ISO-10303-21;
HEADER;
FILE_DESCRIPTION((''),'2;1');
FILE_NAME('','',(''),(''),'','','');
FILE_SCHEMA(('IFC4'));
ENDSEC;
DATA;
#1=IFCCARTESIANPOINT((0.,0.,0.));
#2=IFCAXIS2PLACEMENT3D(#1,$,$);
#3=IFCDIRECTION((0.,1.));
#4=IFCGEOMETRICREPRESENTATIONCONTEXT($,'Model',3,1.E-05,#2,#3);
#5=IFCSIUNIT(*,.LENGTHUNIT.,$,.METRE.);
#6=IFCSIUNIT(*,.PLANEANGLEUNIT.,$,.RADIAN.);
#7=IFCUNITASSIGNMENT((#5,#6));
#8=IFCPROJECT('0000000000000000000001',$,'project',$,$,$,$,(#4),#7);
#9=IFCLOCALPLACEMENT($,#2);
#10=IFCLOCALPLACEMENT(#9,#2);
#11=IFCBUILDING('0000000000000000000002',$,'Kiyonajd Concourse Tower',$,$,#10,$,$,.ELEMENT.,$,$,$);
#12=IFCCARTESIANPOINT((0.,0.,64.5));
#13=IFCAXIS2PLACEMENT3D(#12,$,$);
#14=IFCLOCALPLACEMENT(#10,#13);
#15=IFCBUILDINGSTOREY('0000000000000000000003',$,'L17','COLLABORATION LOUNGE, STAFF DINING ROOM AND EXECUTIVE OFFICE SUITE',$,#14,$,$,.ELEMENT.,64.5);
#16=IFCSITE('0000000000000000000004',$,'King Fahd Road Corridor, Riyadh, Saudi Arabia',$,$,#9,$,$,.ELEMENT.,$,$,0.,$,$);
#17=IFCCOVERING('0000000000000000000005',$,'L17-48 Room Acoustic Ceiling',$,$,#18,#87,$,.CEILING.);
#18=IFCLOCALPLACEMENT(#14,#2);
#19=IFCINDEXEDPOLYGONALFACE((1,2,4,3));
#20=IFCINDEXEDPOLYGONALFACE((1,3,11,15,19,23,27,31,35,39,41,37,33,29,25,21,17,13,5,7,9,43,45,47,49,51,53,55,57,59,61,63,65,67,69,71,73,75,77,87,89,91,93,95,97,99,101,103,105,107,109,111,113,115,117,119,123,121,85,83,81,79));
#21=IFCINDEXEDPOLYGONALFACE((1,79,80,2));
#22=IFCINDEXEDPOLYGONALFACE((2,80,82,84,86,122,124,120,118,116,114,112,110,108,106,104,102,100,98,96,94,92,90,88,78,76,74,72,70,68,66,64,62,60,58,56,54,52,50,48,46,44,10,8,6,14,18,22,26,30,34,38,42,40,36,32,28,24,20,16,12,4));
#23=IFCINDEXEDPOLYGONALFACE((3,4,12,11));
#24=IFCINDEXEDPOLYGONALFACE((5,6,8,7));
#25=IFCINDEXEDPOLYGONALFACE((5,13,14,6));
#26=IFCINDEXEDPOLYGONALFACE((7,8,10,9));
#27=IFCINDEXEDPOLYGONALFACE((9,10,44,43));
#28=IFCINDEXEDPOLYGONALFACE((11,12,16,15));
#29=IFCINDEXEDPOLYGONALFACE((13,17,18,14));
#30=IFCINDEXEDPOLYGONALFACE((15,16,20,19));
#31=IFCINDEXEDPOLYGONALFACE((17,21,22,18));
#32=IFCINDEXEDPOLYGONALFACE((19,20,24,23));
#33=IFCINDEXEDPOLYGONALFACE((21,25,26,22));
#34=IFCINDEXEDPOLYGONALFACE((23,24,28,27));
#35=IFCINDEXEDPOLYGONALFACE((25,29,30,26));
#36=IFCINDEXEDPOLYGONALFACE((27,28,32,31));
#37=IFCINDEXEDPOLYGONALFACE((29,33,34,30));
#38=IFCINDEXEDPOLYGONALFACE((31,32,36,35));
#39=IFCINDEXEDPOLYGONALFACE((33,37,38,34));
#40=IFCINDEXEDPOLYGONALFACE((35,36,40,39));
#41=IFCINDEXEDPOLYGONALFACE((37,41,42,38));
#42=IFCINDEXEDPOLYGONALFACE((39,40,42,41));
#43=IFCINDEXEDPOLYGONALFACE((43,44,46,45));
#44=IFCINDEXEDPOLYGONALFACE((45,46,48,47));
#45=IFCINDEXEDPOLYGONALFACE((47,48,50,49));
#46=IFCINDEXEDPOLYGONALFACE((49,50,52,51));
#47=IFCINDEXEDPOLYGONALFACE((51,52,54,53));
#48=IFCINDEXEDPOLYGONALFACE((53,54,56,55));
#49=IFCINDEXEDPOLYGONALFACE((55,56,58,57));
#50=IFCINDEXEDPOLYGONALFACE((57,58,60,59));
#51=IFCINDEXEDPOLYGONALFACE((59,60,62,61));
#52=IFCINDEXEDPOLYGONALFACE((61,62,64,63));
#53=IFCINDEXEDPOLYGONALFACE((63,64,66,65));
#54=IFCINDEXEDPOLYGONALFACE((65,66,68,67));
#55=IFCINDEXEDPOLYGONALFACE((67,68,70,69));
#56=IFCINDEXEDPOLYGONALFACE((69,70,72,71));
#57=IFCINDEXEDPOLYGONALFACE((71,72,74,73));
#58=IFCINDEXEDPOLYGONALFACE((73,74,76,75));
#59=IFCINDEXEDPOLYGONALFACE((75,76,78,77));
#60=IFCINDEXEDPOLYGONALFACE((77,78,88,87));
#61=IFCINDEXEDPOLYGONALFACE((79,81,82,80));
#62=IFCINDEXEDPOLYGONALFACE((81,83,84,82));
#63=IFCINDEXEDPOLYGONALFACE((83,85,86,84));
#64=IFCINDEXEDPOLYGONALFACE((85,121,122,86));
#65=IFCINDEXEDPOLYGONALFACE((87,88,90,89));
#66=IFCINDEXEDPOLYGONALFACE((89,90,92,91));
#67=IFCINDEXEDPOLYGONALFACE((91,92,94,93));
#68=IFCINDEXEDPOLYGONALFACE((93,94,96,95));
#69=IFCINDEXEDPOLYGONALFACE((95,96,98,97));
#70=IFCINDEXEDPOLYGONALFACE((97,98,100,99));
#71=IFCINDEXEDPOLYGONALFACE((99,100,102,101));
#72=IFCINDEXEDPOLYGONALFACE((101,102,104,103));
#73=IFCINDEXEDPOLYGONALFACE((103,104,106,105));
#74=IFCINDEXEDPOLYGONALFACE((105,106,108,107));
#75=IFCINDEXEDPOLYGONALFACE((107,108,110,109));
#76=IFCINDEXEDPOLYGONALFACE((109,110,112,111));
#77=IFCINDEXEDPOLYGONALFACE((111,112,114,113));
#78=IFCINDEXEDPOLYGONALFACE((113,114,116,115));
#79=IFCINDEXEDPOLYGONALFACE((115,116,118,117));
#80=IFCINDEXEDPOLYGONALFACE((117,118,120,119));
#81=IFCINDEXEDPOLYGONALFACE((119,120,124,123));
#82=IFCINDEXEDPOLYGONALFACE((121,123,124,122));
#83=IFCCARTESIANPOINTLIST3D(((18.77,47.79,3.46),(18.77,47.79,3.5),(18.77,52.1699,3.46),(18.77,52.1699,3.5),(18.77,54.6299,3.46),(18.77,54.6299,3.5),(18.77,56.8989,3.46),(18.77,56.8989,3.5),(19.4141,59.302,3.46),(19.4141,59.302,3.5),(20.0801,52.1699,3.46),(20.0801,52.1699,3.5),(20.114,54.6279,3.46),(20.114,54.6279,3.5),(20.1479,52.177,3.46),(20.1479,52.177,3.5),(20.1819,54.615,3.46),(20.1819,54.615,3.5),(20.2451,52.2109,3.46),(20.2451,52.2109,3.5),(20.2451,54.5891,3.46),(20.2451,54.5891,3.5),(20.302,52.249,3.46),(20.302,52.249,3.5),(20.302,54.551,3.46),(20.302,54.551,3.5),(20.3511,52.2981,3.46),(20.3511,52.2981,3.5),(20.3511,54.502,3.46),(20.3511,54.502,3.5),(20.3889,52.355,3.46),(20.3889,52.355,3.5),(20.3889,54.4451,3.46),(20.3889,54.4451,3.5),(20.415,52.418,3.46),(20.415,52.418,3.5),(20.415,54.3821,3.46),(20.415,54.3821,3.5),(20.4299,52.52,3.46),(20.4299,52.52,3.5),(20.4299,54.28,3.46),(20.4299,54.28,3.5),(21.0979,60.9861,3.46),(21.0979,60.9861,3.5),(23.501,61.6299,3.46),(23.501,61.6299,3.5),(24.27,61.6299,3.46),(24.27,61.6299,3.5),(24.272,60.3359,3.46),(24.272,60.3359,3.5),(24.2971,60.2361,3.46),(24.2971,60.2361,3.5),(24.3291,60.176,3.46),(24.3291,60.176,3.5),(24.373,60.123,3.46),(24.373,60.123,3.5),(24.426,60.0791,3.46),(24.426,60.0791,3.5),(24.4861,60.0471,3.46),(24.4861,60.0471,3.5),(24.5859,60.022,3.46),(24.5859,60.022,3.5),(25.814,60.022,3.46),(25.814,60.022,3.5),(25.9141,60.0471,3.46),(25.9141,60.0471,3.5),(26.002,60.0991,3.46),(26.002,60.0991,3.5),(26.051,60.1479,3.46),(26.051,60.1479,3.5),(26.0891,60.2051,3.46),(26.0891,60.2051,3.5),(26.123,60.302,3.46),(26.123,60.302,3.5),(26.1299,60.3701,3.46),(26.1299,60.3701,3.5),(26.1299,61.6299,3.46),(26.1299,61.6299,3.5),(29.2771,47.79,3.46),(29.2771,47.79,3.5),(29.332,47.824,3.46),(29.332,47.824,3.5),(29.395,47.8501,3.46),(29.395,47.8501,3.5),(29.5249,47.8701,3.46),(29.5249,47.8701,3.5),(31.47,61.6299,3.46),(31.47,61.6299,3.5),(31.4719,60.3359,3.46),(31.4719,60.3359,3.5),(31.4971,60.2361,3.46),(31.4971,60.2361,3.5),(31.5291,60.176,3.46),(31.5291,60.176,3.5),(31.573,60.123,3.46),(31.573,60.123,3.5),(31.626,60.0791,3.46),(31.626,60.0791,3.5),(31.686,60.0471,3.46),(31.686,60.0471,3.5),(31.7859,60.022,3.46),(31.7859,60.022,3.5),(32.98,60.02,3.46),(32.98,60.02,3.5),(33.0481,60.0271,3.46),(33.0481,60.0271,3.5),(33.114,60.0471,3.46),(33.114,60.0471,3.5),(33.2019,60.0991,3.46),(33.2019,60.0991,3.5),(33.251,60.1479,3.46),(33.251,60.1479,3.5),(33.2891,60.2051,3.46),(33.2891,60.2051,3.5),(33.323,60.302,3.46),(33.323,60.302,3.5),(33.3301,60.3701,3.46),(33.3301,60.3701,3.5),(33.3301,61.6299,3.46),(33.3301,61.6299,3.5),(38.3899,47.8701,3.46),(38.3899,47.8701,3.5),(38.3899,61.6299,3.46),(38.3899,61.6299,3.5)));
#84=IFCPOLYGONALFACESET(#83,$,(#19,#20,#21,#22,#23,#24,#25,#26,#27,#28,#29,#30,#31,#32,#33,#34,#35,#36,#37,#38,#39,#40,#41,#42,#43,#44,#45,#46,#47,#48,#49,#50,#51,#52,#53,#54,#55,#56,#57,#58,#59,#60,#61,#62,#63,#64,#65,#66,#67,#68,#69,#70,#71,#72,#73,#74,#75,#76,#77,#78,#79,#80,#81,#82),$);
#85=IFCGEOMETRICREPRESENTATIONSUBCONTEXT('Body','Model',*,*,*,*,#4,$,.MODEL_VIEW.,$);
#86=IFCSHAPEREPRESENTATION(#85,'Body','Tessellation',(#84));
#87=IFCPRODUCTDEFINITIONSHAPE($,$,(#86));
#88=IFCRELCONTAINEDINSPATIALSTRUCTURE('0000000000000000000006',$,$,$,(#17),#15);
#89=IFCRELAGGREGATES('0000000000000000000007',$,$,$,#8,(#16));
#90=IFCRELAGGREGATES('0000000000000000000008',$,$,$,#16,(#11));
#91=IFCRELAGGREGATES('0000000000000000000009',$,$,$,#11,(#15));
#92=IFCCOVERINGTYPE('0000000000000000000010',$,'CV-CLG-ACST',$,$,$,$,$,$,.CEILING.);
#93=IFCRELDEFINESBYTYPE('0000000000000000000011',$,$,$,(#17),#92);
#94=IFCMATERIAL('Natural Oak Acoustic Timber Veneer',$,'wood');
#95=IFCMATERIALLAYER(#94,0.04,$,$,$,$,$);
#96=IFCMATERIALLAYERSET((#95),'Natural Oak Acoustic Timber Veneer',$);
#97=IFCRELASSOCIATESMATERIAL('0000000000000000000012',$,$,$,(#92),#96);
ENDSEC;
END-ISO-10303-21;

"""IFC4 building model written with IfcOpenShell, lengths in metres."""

from ifc_helpers import new_model, si_unit, direction, frame, origin, place, context, subcontext, project, spatial, polyline, outline, extrude, material, layer, layer_set, type_object, element, save


model = new_model("IFC4")

# Units and contexts
model_context = context("Model", 3, precision=1e-05, world=origin(), true_north=direction((0.0, 1.0)))
body_context = subcontext(model_context, "Body", "Model", "MODEL_VIEW")
ifc_project = project(units=[si_unit("LENGTHUNIT", "METRE"), si_unit("PLANEANGLEUNIT", "RADIAN")], contexts=[model_context])

# Site, building, storey
site_placement = place(None, origin())
site = spatial("IfcSite", under=ifc_project, at=site_placement, Name="King Fahd Road Corridor, Riyadh, Saudi Arabia", CompositionType="ELEMENT", RefElevation=0.0)
building_placement = place(site_placement, origin())
building = spatial("IfcBuilding", under=site, at=building_placement, Name="Kiyonajd Concourse Tower", CompositionType="ELEMENT")
storey_placement = place(building_placement, frame((0.0, 0.0, 64.5)))
storey = spatial("IfcBuildingStorey", under=building, at=storey_placement, Name="L17", Description="COLLABORATION LOUNGE, STAFF DINING ROOM AND EXECUTIVE OFFICE SUITE", CompositionType="ELEMENT", Elevation=64.5)

# Covering
ifc_material_1 = material(Name="Natural Oak Acoustic Timber Veneer", Category="wood")
ifc_layer_1 = layer(ifc_material_1, 0.04)
ifc_layer_set_1 = layer_set([ifc_layer_1], Name="Natural Oak Acoustic Timber Veneer")
covering_type = type_object("IfcCoveringType", Name="CV-CLG-ACST", PredefinedType="CEILING", material=ifc_layer_set_1)
covering_1_placement = place(storey_placement, frame((0.0, 0.0, 3.46)))
element("IfcCovering", 1, at=covering_1_placement, inside=storey, type_object=covering_type, Name="L17-48 Room Acoustic Ceiling", PredefinedType="CEILING", context=body_context, shape_type="SweptSolid", body=[
    extrude(outline(polyline([(21.0979, 60.9861), (23.501, 61.6299), (24.27, 61.6299), (24.272, 60.3359), (24.2971, 60.2361), (24.3291, 60.176), (24.373, 60.123), (24.426, 60.0791), (24.4861, 60.0471), (24.5859, 60.022), (25.814, 60.022), (25.9141, 60.0471), (26.002, 60.0991), (26.051, 60.1479), (26.0891, 60.2051), (26.123, 60.302), (26.1299, 60.3701), (26.1299, 61.6299), (31.47, 61.6299), (31.4719, 60.3359), (31.4971, 60.2361), (31.5291, 60.176), (31.573, 60.123), (31.626, 60.0791), (31.686, 60.0471), (31.7859, 60.022), (32.98, 60.02), (33.0481, 60.0271), (33.114, 60.0471), (33.2019, 60.0991), (33.251, 60.1479), (33.2891, 60.2051), (33.323, 60.302), (33.3301, 60.3701), (33.3301, 61.6299), (38.3899, 61.6299), (38.3899, 47.8701), (29.5249, 47.8701), (29.395, 47.8501), (29.332, 47.824), (29.2771, 47.79), (18.77, 47.79), (18.77, 52.1699), (20.0801, 52.1699), (20.1479, 52.177), (20.2451, 52.2109), (20.302, 52.249), (20.3511, 52.2981), (20.3889, 52.355), (20.415, 52.418), (20.4299, 52.52), (20.4299, 54.28), (20.415, 54.3821), (20.3889, 54.4451), (20.3511, 54.502), (20.302, 54.551), (20.2451, 54.5891), (20.1819, 54.615), (20.114, 54.6279), (18.77, 54.6299), (18.77, 56.8989), (19.4141, 59.302), (21.0979, 60.9861)])), origin(), (0.0, 0.0, 1.0), 0.04),
])

save(model, "model.ifc")
